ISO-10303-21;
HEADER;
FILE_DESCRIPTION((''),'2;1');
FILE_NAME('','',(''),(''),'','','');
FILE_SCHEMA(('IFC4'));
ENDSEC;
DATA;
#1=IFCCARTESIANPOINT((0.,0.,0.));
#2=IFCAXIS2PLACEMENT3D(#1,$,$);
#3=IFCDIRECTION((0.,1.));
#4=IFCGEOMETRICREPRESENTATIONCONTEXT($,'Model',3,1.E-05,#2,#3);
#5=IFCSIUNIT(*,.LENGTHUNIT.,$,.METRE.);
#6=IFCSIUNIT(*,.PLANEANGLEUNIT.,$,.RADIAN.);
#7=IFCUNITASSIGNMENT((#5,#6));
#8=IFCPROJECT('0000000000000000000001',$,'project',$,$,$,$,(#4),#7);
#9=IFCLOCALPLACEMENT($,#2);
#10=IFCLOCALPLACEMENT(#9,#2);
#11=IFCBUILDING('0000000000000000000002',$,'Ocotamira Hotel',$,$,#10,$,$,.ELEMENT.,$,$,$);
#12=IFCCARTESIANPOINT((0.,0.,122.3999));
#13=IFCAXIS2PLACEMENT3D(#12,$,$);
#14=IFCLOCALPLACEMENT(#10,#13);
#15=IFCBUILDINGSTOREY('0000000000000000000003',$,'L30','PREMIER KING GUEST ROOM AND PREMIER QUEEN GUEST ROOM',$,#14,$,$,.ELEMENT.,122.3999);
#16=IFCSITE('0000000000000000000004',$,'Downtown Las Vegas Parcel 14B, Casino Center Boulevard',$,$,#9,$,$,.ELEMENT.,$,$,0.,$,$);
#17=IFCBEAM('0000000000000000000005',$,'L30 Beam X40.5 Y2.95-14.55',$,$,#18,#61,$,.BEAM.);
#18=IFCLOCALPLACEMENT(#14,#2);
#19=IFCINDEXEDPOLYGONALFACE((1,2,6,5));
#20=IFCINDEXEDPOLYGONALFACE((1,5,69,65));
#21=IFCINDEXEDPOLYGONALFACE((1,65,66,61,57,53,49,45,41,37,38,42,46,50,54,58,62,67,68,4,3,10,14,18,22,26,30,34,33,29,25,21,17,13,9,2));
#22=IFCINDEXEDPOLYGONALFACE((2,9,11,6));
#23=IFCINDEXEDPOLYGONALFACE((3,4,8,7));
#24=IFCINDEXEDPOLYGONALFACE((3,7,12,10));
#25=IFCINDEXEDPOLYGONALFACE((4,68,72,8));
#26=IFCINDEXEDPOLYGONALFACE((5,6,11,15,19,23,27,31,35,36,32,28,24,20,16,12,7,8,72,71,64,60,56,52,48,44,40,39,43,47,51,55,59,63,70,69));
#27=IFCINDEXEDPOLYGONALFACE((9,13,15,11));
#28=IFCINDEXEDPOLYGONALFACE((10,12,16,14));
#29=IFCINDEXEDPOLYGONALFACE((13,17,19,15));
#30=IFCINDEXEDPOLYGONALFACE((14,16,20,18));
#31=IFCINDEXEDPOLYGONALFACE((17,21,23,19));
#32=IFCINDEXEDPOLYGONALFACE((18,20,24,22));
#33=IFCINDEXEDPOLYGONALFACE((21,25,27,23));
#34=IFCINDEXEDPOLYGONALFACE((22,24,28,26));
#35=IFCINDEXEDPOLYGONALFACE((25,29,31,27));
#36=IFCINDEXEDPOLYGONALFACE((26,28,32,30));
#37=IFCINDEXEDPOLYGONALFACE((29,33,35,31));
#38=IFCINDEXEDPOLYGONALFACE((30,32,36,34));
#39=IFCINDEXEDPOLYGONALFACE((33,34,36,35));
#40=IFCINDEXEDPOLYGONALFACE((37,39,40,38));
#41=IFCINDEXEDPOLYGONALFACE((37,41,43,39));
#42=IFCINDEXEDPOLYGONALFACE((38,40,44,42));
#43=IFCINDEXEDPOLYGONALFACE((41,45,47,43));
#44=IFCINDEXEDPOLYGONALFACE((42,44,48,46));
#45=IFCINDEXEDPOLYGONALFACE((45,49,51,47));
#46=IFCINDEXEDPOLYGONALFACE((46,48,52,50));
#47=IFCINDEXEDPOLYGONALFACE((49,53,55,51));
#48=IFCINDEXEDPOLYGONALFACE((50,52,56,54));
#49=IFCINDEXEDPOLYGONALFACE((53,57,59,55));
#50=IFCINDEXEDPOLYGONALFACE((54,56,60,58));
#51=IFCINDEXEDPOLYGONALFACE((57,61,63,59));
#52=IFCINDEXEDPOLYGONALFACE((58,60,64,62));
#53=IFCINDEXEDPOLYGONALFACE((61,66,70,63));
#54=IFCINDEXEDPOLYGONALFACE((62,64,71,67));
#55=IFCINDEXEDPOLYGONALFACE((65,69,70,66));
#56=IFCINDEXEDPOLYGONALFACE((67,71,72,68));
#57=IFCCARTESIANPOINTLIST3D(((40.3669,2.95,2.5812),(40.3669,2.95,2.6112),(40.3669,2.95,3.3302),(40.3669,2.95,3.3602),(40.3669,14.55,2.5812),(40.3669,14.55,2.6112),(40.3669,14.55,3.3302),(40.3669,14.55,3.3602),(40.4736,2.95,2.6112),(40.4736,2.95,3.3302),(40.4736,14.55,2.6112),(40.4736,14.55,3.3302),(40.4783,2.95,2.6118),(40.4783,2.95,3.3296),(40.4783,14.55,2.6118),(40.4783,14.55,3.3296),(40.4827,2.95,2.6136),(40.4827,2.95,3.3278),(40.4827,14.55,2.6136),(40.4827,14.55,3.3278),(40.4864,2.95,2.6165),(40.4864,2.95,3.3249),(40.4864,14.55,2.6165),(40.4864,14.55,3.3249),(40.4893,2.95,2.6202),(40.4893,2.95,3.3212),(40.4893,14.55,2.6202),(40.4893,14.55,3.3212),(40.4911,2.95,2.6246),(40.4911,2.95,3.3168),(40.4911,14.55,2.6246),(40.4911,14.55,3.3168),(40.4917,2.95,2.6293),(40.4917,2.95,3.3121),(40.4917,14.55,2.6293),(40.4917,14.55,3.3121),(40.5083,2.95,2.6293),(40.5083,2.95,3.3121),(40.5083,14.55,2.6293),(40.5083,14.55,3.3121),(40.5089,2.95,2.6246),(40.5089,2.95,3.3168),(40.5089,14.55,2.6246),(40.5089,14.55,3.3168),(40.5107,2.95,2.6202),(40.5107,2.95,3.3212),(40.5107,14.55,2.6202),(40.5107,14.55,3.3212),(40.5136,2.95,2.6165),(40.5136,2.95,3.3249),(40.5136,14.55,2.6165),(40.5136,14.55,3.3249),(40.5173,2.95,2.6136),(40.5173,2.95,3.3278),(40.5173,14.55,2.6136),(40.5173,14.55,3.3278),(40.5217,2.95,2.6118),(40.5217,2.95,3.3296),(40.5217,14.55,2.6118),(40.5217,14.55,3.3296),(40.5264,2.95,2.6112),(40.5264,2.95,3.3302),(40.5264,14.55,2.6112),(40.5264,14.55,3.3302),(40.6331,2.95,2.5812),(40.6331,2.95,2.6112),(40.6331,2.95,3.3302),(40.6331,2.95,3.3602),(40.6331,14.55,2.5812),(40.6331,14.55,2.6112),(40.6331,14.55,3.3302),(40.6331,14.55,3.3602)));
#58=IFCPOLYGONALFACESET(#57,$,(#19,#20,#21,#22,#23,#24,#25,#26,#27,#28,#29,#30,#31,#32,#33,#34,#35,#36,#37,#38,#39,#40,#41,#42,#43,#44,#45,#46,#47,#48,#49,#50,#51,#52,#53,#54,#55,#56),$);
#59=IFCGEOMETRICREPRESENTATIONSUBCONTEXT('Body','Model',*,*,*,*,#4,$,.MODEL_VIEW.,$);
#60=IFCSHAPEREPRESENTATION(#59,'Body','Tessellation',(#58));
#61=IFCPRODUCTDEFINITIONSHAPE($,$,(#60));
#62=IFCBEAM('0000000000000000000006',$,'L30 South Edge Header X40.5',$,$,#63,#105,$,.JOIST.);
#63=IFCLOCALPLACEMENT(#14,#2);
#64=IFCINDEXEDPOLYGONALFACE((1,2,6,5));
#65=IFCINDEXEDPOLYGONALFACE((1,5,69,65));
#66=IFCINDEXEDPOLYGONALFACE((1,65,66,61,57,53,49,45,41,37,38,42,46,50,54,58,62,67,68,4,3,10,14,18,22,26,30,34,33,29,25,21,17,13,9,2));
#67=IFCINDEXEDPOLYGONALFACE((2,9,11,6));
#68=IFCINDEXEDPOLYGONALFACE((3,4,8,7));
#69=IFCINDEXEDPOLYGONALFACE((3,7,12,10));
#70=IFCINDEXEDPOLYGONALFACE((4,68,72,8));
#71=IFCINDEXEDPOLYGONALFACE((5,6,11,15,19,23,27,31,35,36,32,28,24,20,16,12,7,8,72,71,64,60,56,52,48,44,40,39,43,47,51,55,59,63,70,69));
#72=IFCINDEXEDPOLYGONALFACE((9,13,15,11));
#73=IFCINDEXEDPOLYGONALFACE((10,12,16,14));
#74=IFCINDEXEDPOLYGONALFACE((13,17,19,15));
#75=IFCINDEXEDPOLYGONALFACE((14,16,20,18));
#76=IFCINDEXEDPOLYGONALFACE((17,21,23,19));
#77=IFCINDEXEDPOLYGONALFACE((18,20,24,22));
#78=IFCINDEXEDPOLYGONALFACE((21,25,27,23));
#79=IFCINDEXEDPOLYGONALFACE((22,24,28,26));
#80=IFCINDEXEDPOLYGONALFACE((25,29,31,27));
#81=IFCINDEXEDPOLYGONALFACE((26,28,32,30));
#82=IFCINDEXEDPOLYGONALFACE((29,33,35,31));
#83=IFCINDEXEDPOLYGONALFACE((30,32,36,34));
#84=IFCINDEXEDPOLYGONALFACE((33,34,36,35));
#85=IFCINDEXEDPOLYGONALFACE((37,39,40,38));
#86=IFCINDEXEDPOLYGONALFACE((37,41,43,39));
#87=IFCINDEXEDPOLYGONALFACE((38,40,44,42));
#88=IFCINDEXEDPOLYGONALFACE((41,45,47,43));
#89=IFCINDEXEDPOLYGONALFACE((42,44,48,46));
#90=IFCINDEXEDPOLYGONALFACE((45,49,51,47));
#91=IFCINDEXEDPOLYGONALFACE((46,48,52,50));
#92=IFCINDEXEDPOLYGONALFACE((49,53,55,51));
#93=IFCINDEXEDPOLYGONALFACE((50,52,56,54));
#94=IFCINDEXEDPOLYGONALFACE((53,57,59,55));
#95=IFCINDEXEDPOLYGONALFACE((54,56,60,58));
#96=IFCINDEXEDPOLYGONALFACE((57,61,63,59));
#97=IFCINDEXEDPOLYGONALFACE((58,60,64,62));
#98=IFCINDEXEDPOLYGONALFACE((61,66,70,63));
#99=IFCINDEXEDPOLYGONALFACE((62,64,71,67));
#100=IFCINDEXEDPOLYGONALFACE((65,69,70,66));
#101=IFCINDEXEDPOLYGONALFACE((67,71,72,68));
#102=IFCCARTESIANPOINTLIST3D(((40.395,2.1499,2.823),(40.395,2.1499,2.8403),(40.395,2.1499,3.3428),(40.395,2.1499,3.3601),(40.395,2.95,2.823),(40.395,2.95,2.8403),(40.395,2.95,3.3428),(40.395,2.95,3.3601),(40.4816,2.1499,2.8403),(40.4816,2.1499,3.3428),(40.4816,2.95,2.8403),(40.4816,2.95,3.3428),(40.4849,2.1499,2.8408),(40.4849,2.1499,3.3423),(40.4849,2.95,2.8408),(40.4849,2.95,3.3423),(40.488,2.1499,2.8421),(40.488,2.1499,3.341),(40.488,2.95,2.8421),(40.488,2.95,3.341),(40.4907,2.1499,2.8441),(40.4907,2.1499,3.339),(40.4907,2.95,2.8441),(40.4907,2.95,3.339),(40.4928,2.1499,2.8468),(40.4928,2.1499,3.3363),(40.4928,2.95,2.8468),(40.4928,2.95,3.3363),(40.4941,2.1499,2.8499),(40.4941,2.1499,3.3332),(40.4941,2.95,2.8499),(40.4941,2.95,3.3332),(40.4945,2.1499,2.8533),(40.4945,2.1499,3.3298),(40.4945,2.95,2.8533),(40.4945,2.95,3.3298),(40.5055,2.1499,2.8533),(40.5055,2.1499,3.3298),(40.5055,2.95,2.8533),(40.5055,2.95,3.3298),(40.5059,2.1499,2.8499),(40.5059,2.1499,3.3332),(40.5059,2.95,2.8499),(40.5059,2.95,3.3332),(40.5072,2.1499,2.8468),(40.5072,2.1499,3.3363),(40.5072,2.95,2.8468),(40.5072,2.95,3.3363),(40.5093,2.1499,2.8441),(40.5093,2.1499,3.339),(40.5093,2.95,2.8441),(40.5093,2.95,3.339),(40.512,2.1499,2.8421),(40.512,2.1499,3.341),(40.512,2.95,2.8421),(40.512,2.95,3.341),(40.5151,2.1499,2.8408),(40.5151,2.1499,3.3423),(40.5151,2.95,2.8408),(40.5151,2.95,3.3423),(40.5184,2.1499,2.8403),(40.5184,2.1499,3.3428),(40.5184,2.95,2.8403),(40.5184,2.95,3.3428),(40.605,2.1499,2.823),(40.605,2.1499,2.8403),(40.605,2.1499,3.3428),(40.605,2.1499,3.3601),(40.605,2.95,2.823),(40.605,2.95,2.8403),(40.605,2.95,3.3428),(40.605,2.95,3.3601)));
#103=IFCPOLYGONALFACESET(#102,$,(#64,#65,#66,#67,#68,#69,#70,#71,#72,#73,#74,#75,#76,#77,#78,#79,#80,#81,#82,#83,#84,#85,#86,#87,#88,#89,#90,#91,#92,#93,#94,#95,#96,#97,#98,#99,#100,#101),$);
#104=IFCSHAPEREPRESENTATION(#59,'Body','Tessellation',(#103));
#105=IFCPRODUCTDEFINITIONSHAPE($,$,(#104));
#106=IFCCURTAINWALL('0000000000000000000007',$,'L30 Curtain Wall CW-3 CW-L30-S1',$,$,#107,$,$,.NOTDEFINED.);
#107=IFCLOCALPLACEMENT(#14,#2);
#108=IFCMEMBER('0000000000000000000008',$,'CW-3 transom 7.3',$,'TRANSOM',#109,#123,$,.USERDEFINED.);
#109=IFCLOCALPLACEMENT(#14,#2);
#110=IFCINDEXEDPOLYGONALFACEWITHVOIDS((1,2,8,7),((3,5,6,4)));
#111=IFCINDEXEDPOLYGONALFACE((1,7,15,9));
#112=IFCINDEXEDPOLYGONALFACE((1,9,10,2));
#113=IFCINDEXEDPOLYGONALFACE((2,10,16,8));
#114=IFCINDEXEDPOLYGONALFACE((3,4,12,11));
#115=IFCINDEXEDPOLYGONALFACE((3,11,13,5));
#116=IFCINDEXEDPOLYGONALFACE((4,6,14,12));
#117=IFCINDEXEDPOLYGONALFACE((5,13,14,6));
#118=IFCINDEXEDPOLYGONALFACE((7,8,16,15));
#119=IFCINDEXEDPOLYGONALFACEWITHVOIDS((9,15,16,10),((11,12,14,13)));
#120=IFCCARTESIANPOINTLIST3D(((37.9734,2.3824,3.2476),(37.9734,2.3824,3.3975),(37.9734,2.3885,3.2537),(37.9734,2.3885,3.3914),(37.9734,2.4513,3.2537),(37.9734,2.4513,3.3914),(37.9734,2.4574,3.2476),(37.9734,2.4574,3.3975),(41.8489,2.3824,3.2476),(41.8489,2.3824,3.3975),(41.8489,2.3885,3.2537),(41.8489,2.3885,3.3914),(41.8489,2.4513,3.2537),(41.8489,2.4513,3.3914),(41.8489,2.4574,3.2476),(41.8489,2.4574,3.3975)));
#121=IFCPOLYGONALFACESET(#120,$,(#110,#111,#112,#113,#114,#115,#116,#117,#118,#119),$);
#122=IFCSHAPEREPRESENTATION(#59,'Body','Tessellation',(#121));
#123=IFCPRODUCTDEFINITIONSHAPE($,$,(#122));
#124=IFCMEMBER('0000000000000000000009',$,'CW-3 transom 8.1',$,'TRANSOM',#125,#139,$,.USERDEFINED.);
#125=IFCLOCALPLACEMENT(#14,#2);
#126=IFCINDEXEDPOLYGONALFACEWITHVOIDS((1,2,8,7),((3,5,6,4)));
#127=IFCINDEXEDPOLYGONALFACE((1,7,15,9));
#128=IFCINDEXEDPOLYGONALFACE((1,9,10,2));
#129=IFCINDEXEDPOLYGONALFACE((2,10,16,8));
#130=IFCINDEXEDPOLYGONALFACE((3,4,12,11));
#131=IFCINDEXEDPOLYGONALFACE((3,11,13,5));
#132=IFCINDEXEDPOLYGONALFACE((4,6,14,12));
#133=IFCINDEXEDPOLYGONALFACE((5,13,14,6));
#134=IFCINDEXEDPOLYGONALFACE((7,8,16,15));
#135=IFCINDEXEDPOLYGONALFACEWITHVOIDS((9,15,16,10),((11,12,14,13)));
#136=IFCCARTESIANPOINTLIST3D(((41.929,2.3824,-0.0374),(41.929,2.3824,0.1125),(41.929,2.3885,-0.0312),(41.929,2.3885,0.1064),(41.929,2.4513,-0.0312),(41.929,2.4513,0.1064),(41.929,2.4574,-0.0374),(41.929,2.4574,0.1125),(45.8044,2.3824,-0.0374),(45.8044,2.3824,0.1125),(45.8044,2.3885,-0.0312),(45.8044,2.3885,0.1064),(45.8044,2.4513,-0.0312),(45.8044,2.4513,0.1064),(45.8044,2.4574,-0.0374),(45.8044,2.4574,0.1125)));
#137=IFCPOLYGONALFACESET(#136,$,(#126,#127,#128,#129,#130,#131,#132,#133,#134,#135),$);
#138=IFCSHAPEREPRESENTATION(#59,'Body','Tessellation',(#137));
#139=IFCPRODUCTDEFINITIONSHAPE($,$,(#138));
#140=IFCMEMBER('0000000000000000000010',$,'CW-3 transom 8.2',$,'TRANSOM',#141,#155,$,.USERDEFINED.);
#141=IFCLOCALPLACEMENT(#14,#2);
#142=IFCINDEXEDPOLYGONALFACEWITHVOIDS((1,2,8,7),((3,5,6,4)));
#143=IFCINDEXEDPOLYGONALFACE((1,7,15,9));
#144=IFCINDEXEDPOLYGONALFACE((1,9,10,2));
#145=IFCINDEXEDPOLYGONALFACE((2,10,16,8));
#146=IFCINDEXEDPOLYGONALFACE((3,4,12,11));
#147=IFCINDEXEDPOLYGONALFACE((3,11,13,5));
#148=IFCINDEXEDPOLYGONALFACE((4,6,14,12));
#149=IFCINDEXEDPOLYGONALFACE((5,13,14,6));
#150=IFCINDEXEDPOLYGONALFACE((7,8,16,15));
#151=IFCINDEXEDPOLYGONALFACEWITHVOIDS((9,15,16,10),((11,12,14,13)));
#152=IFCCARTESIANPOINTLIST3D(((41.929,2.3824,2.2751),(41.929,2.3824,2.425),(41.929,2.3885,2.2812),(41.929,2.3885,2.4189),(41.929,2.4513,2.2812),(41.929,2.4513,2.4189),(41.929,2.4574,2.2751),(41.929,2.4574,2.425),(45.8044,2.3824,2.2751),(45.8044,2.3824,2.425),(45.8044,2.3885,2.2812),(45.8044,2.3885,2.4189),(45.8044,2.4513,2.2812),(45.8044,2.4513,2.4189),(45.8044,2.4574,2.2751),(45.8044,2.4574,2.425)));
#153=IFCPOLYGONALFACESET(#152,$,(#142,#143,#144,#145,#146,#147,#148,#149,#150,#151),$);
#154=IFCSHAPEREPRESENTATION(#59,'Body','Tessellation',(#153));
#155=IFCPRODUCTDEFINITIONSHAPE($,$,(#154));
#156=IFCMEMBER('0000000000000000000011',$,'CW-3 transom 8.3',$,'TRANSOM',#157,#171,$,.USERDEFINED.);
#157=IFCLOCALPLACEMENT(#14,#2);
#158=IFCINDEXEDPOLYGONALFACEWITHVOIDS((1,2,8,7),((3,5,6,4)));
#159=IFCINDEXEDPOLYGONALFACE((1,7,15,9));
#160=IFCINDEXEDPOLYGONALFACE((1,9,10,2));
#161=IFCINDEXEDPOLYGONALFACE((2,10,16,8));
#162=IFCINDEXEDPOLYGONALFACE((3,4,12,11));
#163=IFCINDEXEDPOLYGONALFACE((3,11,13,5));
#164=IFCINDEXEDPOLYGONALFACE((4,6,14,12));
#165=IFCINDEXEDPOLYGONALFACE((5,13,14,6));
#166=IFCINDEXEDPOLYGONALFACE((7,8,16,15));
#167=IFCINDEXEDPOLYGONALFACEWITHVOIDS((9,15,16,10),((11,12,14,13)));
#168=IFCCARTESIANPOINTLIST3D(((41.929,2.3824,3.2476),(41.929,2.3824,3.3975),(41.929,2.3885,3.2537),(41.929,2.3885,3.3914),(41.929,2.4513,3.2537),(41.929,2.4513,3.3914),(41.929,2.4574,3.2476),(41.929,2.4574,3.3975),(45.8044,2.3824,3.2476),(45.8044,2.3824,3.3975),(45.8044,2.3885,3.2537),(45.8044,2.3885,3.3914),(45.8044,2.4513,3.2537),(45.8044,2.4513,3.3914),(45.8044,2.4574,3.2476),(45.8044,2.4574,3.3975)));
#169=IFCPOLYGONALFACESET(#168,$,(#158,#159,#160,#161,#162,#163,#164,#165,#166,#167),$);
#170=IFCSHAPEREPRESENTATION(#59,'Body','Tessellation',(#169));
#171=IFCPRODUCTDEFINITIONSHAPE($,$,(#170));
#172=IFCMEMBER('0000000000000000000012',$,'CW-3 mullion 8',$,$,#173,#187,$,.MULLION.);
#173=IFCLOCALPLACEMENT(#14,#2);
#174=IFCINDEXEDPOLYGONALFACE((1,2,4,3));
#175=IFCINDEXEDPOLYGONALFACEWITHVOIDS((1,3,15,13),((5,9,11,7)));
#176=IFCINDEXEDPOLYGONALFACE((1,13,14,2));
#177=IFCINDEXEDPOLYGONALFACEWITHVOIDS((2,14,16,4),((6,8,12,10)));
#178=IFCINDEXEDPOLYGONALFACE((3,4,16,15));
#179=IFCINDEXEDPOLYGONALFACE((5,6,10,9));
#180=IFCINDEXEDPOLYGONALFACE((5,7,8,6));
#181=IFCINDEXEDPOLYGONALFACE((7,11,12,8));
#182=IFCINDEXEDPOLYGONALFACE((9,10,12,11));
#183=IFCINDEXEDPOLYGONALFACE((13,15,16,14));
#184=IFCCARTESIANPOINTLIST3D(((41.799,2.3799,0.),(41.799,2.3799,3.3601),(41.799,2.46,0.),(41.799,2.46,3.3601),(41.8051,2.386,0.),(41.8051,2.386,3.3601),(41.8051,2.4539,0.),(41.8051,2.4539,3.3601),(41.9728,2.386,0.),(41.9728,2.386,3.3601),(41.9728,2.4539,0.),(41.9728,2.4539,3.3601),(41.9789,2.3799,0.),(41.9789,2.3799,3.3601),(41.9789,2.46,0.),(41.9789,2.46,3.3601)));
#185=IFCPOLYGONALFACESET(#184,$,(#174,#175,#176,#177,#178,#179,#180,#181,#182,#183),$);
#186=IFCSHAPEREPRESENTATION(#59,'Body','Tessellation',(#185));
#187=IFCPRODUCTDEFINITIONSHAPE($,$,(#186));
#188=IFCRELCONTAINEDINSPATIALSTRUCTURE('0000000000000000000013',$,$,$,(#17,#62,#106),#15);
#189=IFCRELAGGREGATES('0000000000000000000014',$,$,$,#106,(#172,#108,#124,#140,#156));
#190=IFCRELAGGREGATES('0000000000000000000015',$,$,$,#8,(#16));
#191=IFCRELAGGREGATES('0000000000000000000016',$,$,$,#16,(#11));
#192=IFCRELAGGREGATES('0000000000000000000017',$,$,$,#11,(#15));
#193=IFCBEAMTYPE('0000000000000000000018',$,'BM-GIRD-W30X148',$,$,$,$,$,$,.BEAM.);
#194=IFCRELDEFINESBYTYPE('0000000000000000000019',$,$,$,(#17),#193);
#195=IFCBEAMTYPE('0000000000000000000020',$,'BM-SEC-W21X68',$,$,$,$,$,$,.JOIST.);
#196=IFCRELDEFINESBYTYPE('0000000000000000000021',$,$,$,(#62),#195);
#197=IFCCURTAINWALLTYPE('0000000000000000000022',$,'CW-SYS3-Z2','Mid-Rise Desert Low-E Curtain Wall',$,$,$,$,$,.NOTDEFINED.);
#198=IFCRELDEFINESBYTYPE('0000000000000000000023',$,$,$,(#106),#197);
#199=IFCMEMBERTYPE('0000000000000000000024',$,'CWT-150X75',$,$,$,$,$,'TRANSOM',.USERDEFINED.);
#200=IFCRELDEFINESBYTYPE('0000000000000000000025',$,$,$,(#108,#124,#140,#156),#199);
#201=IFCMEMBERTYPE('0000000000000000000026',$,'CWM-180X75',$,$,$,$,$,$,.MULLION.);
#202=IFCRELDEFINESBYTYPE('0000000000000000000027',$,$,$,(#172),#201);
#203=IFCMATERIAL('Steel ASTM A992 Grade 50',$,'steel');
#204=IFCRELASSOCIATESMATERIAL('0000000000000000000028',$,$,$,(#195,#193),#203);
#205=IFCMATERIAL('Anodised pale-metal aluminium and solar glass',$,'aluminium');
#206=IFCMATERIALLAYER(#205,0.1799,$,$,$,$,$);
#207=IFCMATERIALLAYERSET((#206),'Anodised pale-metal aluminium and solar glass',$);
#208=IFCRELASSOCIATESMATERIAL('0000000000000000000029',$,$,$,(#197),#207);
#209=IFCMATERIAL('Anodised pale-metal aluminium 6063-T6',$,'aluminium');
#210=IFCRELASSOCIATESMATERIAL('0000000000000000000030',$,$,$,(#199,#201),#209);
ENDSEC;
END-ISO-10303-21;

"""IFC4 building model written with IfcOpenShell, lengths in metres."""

from ifc_helpers import new_model, si_unit, direction, frame, origin, origin_2d, place, context, subcontext, project, spatial, hollow_rectangle, i_section, extrude, source, transform, mapped, material, layer, layer_set, material_profile, profile_set, type_object, element, aggregate, save


model = new_model("IFC4")

# Units and contexts
model_context = context("Model", 3, precision=1e-05, world=origin(), true_north=direction((0.0, 1.0)))
body_context = subcontext(model_context, "Body", "Model", "MODEL_VIEW")
ifc_project = project(units=[si_unit("LENGTHUNIT", "METRE"), si_unit("PLANEANGLEUNIT", "RADIAN")], contexts=[model_context])

# Site, building, storey
site_placement = place(None, origin())
site = spatial("IfcSite", under=ifc_project, at=site_placement, Name="Downtown Las Vegas Parcel 14B, Casino Center Boulevard", CompositionType="ELEMENT", RefElevation=0.0)
building_placement = place(site_placement, origin())
building = spatial("IfcBuilding", under=site, at=building_placement, Name="Ocotamira Hotel", CompositionType="ELEMENT")
storey_placement = place(building_placement, frame((0.0, 0.0, 122.3999)))
storey = spatial("IfcBuildingStorey", under=building, at=storey_placement, Name="L30", Description="PREMIER KING GUEST ROOM AND PREMIER QUEEN GUEST ROOM", CompositionType="ELEMENT", Elevation=122.3999)

# Beams
ifc_material_1 = material(Name="Steel ASTM A992 Grade 50", Category="steel")
ifc_material_profile_1 = material_profile(ifc_material_1, i_section(OverallWidth=0.21, OverallDepth=0.5371, WebThickness=0.011, FlangeThickness=0.0173, FilletRadius=0.0129, at=origin_2d()), Name="W21X68")
ifc_profile_set_1 = profile_set([ifc_material_profile_1], Name="Steel ASTM A992 Grade 50")
beam_type_1 = type_object("IfcBeamType", Name="BM-SEC-W21X68", PredefinedType="JOIST", material=ifc_profile_set_1)
ifc_material_profile_2 = material_profile(ifc_material_1, i_section(OverallWidth=0.2661, OverallDepth=0.7791, WebThickness=0.0166, FlangeThickness=0.03, FilletRadius=0.0181, at=origin_2d()), Name="W30X148")
ifc_profile_set_2 = profile_set([ifc_material_profile_2], Name="Steel ASTM A992 Grade 50")
beam_type_2 = type_object("IfcBeamType", Name="BM-GIRD-W30X148", PredefinedType="BEAM", material=ifc_profile_set_2)
shared_shape_1 = source(origin(), body_context, "Body", "SweptSolid", [
    extrude(i_section(OverallWidth=0.2661, OverallDepth=0.7791, WebThickness=0.0166, FlangeThickness=0.03, FilletRadius=0.0181, at=origin_2d()), origin(), (0.0, 0.0, 1.0), 11.6001),
])
beam_1_placement = place(storey_placement, frame((40.5, 2.95, 2.9707), z_axis=(0.0, 1.0, 0.0), x_axis=(-1.0, 0.0, 0.0)))
element("IfcBeam", 1, at=beam_1_placement, inside=storey, type_object=beam_type_2, Name="L30 Beam X40.5 Y2.95-14.55", PredefinedType="BEAM", context=body_context, shape_type="MappedRepresentation", body=[
    mapped(shared_shape_1, transform((0.0, 0.0, 0.0), scale=1.0)),
])
shared_shape_2 = source(origin(), body_context, "Body", "SweptSolid", [
    extrude(i_section(OverallWidth=0.21, OverallDepth=0.5371, WebThickness=0.011, FlangeThickness=0.0173, FilletRadius=0.0129, at=origin_2d()), origin(), (0.0, 0.0, 1.0), 0.8),
])
beam_2_placement = place(storey_placement, frame((40.5, 2.95, 3.0916), z_axis=(0.0, -1.0, 0.0), x_axis=(1.0, 0.0, 0.0)))
element("IfcBeam", 2, at=beam_2_placement, inside=storey, type_object=beam_type_1, Name="L30 South Edge Header X40.5", PredefinedType="JOIST", context=body_context, shape_type="MappedRepresentation", body=[
    mapped(shared_shape_2, transform((0.0, 0.0, 0.0), scale=1.0)),
])

# Curtain wall, members
ifc_material_2 = material(Name="Anodised pale-metal aluminium and solar glass", Category="aluminium")
ifc_layer_1 = layer(ifc_material_2, 0.1799)
ifc_layer_set_1 = layer_set([ifc_layer_1], Name="Anodised pale-metal aluminium and solar glass")
curtain_wall_type = type_object("IfcCurtainWallType", Name="CW-SYS3-Z2", Description="Mid-Rise Desert Low-E Curtain Wall", PredefinedType="NOTDEFINED", material=ifc_layer_set_1)
curtain_wall_placement = place(storey_placement, origin())
curtain_wall = element("IfcCurtainWall", 3, at=curtain_wall_placement, inside=storey, type_object=curtain_wall_type, Name="L30 Curtain Wall CW-3 CW-L30-S1", PredefinedType="NOTDEFINED")
ifc_material_3 = material(Name="Anodised pale-metal aluminium 6063-T6", Category="aluminium")
ifc_material_profile_3 = material_profile(ifc_material_3, hollow_rectangle(XDim=0.075, YDim=0.1499, WallThickness=0.0061, at=origin_2d()), Name="HSS150X75X6")
ifc_profile_set_3 = profile_set([ifc_material_profile_3], Name="Anodised pale-metal aluminium 6063-T6")
member_type_1 = type_object("IfcMemberType", Name="CWT-150X75", ElementType="TRANSOM", PredefinedType="USERDEFINED", material=ifc_profile_set_3)
shared_shape_3 = source(origin(), body_context, "Body", "SweptSolid", [
    extrude(hollow_rectangle(XDim=0.075, YDim=0.1499, WallThickness=0.0061, at=origin_2d()), origin(), (0.0, 0.0, 1.0), 3.8755),
])
member_1_placement = place(storey_placement, frame((37.9734, 2.4199, 3.3225), z_axis=(1.0, 0.0, 0.0), x_axis=(0.0, 1.0, 0.0)))
member_1 = element("IfcMember", 4, at=member_1_placement, type_object=member_type_1, Name="CW-3 transom 7.3", ObjectType="TRANSOM", PredefinedType="USERDEFINED", context=body_context, shape_type="MappedRepresentation", body=[
    mapped(shared_shape_3, transform((0.0, 0.0, 0.0), scale=1.0)),
])
member_2_placement = place(storey_placement, frame((41.929, 2.4199, 0.0376), z_axis=(1.0, 0.0, 0.0), x_axis=(0.0, 1.0, 0.0)))
member_2 = element("IfcMember", 5, at=member_2_placement, type_object=member_type_1, Name="CW-3 transom 8.1", ObjectType="TRANSOM", PredefinedType="USERDEFINED", context=body_context, shape_type="MappedRepresentation", body=[
    mapped(shared_shape_3, transform((0.0, 0.0, 0.0), scale=1.0)),
])
member_3_placement = place(storey_placement, frame((41.929, 2.4199, 2.3501), z_axis=(1.0, 0.0, 0.0), x_axis=(0.0, 1.0, 0.0)))
member_3 = element("IfcMember", 6, at=member_3_placement, type_object=member_type_1, Name="CW-3 transom 8.2", ObjectType="TRANSOM", PredefinedType="USERDEFINED", context=body_context, shape_type="MappedRepresentation", body=[
    mapped(shared_shape_3, transform((0.0, 0.0, 0.0), scale=1.0)),
])
member_4_placement = place(storey_placement, frame((41.929, 2.4199, 3.3225), z_axis=(1.0, 0.0, 0.0), x_axis=(0.0, 1.0, 0.0)))
member_4 = element("IfcMember", 7, at=member_4_placement, type_object=member_type_1, Name="CW-3 transom 8.3", ObjectType="TRANSOM", PredefinedType="USERDEFINED", context=body_context, shape_type="MappedRepresentation", body=[
    mapped(shared_shape_3, transform((0.0, 0.0, 0.0), scale=1.0)),
])
ifc_material_profile_4 = material_profile(ifc_material_3, hollow_rectangle(XDim=0.0801, YDim=0.1799, WallThickness=0.0061, at=origin_2d()), Name="HSS180X80X6")
ifc_profile_set_4 = profile_set([ifc_material_profile_4], Name="Anodised pale-metal aluminium 6063-T6")
member_type_2 = type_object("IfcMemberType", Name="CWM-180X75", PredefinedType="MULLION", material=ifc_profile_set_4)
shared_shape_4 = source(origin(), body_context, "Body", "SweptSolid", [
    extrude(hollow_rectangle(XDim=0.0801, YDim=0.1799, WallThickness=0.0061, at=origin_2d()), origin(), (0.0, 0.0, 1.0), 3.3601),
])
member_5_placement = place(storey_placement, frame((41.8889, 2.4199, 0.0), z_axis=(0.0, 0.0, 1.0), x_axis=(0.0, 1.0, 0.0)))
member_5 = element("IfcMember", 8, at=member_5_placement, type_object=member_type_2, Name="CW-3 mullion 8", PredefinedType="MULLION", context=body_context, shape_type="MappedRepresentation", body=[
    mapped(shared_shape_4, transform((0.0, 0.0, 0.0), scale=1.0)),
])
aggregate(curtain_wall, [member_5, member_1, member_2, member_3, member_4])

save(model, "model.ifc")
